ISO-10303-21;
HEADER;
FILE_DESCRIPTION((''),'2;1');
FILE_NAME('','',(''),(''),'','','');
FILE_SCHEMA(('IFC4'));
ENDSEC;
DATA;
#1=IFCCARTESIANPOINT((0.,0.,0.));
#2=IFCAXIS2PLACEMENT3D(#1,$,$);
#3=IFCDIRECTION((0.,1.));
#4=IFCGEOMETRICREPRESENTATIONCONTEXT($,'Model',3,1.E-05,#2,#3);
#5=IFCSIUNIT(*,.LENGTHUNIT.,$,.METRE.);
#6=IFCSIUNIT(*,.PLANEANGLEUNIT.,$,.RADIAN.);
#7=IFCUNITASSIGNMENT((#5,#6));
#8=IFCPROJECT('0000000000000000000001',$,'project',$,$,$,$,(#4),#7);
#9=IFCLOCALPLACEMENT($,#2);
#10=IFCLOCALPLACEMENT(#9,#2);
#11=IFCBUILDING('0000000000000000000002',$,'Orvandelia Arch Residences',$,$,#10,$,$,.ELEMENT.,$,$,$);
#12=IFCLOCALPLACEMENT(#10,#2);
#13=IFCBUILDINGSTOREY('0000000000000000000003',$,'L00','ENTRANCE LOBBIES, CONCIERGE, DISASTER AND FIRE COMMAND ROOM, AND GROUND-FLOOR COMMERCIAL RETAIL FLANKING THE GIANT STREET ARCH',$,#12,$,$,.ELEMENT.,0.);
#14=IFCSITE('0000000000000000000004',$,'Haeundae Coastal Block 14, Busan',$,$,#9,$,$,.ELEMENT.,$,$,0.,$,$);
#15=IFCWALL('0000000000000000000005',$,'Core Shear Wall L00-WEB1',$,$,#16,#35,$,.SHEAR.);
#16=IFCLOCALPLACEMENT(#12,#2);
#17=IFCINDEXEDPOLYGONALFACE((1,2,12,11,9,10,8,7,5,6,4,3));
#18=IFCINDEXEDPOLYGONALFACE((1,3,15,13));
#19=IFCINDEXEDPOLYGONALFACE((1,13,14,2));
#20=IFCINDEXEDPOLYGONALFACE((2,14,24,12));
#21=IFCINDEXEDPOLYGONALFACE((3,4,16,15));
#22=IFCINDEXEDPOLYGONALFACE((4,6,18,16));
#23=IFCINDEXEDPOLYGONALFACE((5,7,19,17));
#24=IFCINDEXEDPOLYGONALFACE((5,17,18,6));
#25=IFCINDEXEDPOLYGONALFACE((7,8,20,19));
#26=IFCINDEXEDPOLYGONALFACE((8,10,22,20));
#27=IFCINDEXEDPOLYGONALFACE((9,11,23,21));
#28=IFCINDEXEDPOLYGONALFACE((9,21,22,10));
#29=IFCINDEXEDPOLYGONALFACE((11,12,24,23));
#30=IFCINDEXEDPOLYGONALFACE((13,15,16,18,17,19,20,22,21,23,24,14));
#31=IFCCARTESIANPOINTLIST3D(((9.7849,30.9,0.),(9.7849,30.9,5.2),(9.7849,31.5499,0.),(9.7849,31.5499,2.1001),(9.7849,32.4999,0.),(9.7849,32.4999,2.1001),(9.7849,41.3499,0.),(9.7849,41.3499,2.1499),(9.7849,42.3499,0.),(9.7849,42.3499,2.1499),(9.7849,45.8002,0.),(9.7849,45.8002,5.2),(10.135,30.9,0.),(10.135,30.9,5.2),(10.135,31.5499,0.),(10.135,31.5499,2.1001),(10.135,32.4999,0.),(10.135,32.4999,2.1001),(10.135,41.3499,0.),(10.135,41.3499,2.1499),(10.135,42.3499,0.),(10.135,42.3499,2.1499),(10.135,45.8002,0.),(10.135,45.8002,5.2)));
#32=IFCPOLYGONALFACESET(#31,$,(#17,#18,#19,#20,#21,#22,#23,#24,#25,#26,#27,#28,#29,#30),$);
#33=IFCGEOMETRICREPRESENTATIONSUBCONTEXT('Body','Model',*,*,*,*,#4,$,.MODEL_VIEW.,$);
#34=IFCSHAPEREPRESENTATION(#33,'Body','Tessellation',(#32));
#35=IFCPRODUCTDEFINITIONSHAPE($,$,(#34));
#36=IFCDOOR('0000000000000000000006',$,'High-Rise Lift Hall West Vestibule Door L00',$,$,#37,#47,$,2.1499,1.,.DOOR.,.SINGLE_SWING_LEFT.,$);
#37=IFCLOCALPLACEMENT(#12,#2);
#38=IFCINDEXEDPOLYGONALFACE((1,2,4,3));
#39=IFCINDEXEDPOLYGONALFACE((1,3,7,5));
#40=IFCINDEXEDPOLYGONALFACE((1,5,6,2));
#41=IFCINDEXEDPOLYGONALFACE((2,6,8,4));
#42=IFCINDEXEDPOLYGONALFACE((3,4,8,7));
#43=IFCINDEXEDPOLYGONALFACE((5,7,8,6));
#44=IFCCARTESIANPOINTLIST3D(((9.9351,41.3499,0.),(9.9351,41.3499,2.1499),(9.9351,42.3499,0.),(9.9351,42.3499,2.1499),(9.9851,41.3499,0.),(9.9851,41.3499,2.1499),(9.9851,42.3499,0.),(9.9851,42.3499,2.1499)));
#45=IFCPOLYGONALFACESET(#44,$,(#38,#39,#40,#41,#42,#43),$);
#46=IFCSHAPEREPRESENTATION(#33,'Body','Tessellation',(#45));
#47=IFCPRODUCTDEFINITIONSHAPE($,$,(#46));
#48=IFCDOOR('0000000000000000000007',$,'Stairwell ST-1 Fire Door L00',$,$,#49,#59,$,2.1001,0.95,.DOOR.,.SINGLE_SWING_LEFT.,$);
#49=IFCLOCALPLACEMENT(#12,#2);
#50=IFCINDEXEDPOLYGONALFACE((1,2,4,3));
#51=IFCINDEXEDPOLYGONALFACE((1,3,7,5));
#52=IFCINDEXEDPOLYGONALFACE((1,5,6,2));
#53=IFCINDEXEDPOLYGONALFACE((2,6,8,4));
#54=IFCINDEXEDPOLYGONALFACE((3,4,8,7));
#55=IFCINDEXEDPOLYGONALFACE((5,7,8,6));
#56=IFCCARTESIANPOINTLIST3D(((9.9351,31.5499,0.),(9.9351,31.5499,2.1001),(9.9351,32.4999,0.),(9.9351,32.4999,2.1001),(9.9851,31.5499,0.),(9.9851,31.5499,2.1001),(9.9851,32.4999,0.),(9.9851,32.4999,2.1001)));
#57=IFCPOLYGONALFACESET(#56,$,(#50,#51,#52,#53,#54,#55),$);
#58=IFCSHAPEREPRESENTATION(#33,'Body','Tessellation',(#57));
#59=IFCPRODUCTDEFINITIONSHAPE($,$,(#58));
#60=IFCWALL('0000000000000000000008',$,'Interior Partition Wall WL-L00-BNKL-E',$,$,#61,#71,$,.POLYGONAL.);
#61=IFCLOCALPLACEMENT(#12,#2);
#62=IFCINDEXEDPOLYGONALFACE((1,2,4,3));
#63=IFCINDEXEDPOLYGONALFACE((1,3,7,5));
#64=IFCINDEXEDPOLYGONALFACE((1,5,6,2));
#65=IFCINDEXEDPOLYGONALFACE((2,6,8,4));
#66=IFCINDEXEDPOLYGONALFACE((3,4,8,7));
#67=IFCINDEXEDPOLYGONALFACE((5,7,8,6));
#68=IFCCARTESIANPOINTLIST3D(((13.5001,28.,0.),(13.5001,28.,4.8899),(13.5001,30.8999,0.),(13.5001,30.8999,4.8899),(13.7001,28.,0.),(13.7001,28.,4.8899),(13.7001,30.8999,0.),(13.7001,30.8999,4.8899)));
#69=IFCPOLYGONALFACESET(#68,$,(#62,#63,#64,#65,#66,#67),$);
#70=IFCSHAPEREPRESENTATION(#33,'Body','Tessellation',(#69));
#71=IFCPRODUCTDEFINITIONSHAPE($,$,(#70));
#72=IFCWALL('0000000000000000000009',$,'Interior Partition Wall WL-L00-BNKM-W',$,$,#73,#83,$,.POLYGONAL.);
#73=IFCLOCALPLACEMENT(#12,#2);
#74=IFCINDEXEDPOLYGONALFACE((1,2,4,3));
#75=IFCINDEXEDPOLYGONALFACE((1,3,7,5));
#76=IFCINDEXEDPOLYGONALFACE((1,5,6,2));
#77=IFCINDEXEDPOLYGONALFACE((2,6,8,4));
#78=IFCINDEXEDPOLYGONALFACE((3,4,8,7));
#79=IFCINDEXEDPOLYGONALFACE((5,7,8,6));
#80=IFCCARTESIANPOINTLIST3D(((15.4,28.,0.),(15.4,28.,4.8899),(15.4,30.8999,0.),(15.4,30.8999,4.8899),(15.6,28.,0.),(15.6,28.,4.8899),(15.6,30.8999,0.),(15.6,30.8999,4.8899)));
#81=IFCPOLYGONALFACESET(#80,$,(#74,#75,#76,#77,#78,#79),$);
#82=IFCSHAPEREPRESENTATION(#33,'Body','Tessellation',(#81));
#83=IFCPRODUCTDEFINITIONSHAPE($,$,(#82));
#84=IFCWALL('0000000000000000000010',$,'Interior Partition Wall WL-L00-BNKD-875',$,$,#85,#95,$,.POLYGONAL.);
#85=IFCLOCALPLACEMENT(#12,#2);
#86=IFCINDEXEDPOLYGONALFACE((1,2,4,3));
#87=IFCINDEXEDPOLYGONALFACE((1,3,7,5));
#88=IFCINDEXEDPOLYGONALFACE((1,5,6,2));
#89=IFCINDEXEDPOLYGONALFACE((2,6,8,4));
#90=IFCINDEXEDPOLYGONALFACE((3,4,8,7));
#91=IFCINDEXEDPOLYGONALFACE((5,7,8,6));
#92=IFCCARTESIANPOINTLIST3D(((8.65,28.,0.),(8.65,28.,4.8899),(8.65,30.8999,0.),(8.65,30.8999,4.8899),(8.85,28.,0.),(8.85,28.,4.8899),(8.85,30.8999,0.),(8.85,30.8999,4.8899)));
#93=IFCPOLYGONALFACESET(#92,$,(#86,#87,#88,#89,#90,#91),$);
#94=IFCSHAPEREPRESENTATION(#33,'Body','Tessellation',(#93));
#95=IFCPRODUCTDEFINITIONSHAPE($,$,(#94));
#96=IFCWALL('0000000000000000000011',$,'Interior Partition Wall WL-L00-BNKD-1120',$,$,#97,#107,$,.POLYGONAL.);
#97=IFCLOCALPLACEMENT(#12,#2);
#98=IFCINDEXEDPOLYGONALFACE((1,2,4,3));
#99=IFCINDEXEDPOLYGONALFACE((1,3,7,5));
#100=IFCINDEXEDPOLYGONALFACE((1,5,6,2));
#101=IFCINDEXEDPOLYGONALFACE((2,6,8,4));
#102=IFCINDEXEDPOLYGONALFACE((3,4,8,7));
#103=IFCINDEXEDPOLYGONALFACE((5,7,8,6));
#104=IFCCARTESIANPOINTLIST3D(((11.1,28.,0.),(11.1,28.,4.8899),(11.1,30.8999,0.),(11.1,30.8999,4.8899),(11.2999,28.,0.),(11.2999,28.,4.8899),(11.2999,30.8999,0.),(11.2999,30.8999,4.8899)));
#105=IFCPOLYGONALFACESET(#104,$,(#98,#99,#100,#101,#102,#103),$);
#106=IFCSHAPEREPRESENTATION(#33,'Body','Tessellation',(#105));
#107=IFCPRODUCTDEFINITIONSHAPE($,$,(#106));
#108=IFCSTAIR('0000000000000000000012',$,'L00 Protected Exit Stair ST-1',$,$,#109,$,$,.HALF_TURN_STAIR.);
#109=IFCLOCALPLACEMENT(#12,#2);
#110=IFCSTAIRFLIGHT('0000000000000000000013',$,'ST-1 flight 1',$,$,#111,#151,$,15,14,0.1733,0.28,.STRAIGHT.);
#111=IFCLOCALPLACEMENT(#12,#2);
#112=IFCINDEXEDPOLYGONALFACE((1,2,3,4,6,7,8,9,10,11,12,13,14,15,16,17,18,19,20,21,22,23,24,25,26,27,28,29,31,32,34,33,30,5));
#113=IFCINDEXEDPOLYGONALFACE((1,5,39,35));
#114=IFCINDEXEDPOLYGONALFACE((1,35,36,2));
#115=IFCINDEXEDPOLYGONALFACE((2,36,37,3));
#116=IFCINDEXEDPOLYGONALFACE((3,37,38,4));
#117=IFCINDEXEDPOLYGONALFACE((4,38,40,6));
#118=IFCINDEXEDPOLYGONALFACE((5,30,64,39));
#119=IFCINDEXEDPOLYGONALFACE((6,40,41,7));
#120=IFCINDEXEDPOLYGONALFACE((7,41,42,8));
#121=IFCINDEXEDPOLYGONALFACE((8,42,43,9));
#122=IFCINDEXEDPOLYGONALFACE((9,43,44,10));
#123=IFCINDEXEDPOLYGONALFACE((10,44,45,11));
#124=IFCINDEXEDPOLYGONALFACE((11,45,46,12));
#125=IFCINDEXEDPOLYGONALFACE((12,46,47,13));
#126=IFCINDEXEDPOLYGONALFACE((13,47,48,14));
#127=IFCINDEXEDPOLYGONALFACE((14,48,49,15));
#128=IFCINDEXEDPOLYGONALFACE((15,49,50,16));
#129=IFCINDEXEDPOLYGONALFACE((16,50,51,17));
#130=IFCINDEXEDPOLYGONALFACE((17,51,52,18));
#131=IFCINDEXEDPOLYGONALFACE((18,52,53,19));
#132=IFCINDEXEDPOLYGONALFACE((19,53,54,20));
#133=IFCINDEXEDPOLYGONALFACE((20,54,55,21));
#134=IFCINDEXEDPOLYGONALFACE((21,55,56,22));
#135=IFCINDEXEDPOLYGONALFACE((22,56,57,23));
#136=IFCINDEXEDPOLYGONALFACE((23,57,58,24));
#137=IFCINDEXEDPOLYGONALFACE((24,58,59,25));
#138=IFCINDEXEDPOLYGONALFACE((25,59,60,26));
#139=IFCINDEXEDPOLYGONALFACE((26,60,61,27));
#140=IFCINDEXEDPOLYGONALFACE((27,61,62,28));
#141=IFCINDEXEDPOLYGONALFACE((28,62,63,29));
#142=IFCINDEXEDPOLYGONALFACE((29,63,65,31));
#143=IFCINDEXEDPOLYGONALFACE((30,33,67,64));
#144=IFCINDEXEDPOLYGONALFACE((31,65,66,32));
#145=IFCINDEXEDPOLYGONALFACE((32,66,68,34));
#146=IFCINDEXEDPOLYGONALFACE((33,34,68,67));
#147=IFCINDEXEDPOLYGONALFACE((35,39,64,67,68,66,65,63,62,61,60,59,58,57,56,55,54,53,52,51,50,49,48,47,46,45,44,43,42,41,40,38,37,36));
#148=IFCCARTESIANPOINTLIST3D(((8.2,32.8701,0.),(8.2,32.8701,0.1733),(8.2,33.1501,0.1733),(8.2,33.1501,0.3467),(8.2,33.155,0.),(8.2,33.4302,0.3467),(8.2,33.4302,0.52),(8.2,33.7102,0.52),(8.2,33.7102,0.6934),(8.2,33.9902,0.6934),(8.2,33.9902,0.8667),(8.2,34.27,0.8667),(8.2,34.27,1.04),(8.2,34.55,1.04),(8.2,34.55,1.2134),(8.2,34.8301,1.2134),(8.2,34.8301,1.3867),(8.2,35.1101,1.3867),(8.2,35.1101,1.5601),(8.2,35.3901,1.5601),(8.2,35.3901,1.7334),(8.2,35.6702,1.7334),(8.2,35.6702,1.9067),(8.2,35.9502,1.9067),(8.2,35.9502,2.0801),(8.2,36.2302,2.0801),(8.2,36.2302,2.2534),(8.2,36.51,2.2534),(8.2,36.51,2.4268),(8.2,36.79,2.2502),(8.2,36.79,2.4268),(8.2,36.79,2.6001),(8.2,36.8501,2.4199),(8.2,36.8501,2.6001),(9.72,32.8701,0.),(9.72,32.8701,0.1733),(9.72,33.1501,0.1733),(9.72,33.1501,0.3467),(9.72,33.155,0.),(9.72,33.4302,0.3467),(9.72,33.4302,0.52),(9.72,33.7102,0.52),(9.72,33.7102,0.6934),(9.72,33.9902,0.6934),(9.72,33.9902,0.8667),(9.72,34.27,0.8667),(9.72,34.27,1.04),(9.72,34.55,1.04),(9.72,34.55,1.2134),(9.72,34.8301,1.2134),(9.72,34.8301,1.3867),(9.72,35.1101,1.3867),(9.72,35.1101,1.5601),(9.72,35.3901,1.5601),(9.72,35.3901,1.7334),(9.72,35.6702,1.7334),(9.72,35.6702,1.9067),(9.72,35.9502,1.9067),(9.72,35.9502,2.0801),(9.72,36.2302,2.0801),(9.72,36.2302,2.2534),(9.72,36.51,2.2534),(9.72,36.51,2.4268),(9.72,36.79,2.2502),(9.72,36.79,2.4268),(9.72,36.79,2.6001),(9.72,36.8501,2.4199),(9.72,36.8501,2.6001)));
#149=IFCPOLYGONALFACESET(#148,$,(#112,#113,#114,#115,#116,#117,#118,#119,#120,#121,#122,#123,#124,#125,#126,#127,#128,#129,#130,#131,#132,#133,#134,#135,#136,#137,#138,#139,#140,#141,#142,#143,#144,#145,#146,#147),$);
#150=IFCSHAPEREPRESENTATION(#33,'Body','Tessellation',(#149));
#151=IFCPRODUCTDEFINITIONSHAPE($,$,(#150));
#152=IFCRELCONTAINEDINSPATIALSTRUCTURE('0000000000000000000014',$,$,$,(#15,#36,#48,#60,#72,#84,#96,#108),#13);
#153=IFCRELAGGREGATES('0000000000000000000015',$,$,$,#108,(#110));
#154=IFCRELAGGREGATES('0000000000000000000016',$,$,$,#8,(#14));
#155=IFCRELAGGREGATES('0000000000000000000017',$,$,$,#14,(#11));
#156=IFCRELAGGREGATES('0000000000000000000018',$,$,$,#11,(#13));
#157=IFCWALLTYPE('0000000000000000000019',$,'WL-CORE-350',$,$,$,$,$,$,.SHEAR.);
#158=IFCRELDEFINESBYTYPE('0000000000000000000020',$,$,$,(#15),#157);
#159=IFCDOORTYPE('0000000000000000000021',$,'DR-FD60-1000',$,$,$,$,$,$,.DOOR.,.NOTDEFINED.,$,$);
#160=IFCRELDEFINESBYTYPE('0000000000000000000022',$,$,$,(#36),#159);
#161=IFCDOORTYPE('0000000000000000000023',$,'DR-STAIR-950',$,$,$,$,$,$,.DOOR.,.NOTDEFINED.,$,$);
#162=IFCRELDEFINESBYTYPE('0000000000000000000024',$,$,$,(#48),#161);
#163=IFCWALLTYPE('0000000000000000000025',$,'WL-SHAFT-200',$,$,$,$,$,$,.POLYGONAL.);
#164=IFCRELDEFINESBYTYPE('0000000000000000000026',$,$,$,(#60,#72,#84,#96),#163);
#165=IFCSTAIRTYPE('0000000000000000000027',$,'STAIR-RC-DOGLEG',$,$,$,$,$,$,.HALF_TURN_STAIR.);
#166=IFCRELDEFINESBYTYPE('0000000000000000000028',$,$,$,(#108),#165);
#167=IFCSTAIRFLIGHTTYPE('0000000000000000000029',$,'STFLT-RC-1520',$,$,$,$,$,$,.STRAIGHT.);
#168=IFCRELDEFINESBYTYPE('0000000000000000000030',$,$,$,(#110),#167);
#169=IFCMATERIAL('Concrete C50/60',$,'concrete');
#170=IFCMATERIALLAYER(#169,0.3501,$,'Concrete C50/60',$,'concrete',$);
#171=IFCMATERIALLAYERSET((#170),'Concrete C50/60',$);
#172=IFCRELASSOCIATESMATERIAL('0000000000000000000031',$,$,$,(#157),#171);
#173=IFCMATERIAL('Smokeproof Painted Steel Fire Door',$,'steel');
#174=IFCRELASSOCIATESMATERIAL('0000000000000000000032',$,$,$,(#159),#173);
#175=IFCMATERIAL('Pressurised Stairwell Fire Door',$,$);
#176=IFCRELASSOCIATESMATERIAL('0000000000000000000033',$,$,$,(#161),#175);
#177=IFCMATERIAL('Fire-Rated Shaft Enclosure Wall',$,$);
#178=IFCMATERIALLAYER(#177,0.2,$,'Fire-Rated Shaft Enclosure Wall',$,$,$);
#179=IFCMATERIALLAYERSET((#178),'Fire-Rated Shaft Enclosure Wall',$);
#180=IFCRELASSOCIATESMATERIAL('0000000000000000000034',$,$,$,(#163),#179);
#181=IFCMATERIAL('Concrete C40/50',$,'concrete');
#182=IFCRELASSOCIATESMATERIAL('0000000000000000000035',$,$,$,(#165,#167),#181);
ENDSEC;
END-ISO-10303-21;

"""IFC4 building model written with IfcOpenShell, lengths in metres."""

from ifc_helpers import new_model, si_unit, direction, frame, frame_2d, origin, place, context, subcontext, project, spatial, polyline, rectangle, outline, extrude, material, layer, layer_set, type_object, element, fill, aggregate, save


model = new_model("IFC4")

# Units and contexts
model_context = context("Model", 3, precision=1e-05, world=origin(), true_north=direction((0.0, 1.0)))
body_context = subcontext(model_context, "Body", "Model", "MODEL_VIEW")
ifc_project = project(units=[si_unit("LENGTHUNIT", "METRE"), si_unit("PLANEANGLEUNIT", "RADIAN")], contexts=[model_context])

# Site, building, storey
site_placement = place(None, origin())
site = spatial("IfcSite", under=ifc_project, at=site_placement, Name="Haeundae Coastal Block 14, Busan", CompositionType="ELEMENT", RefElevation=0.0)
building_placement = place(site_placement, origin())
building = spatial("IfcBuilding", under=site, at=building_placement, Name="Orvandelia Arch Residences", CompositionType="ELEMENT")
storey_placement = place(building_placement, origin())
storey = spatial("IfcBuildingStorey", under=building, at=storey_placement, Name="L00", Description="ENTRANCE LOBBIES, CONCIERGE, DISASTER AND FIRE COMMAND ROOM, AND GROUND-FLOOR COMMERCIAL RETAIL FLANKING THE GIANT STREET ARCH", CompositionType="ELEMENT", Elevation=0.0)

# Wall, openings, doors
ifc_material_1 = material(Name="Concrete C50/60", Category="concrete")
ifc_layer_1 = layer(ifc_material_1, 0.3501, Name="Concrete C50/60", Category="concrete")
ifc_layer_set_1 = layer_set([ifc_layer_1], Name="Concrete C50/60")
wall_type_1 = type_object("IfcWallType", Name="WL-CORE-350", PredefinedType="SHEAR", material=ifc_layer_set_1)
wall_1_placement = place(storey_placement, frame((9.96, 30.8999, 0.0), z_axis=(0.0, 0.0, 1.0), x_axis=(0.0, 1.0, 0.0)))
wall_1 = element("IfcWall", 1, at=wall_1_placement, inside=storey, type_object=wall_type_1, Name="Core Shear Wall L00-WEB1", PredefinedType="SHEAR", context=body_context, shape_type="SweptSolid", body=[
    extrude(rectangle(XDim=14.9001, YDim=0.3501, at=frame_2d((7.4502, 0.0))), origin(), (0.0, 0.0, 1.0), 5.2),
])
opening_1_placement = place(wall_1_placement, frame((0.6499, 0.0, 0.0)))
opening_1 = element("IfcOpeningElement", 2, at=opening_1_placement, cuts=wall_1, PredefinedType="OPENING", context=body_context, shape_type="SweptSolid", body=[
    extrude(rectangle(XDim=0.95, YDim=2.1001, at=frame_2d((0.4751, 1.05))), frame((0.0, 0.1851, 0.0), z_axis=(0.0, -1.0, 0.0), x_axis=(1.0, 0.0, 0.0)), (0.0, 0.0, 1.0), 0.3701),
])
opening_2_placement = place(wall_1_placement, frame((10.45, 0.0, 0.0)))
opening_2 = element("IfcOpeningElement", 3, at=opening_2_placement, cuts=wall_1, PredefinedType="OPENING", context=body_context, shape_type="SweptSolid", body=[
    extrude(rectangle(XDim=1.0, YDim=2.1499, at=frame_2d((0.5, 1.075))), frame((0.0, 0.1851, 0.0), z_axis=(0.0, -1.0, 0.0), x_axis=(1.0, 0.0, 0.0)), (0.0, 0.0, 1.0), 0.3701),
])
ifc_material_2 = material(Name="Smokeproof Painted Steel Fire Door", Category="steel")
door_type_1 = type_object("IfcDoorType", Name="DR-FD60-1000", OperationType="NOTDEFINED", PredefinedType="DOOR", material=ifc_material_2)
door_1_placement = place(opening_2_placement, origin())
door_1 = element("IfcDoor", 4, at=door_1_placement, inside=storey, type_object=door_type_1, Name="High-Rise Lift Hall West Vestibule Door L00", OperationType="SINGLE_SWING_LEFT", OverallHeight=2.1499, OverallWidth=1.0, PredefinedType="DOOR", context=body_context, shape_type="SweptSolid", body=[
    extrude(rectangle(XDim=1.0, YDim=2.1499, at=frame_2d((0.5, 1.075))), frame((0.0, 0.0249, 0.0), z_axis=(0.0, -1.0, 0.0), x_axis=(1.0, 0.0, 0.0)), (0.0, 0.0, 1.0), 0.05),
])
fill(opening_2, door_1)
ifc_material_3 = material(Name="Pressurised Stairwell Fire Door")
door_type_2 = type_object("IfcDoorType", Name="DR-STAIR-950", OperationType="NOTDEFINED", PredefinedType="DOOR", material=ifc_material_3)
door_2_placement = place(opening_1_placement, origin())
door_2 = element("IfcDoor", 5, at=door_2_placement, inside=storey, type_object=door_type_2, Name="Stairwell ST-1 Fire Door L00", OperationType="SINGLE_SWING_LEFT", OverallHeight=2.1001, OverallWidth=0.95, PredefinedType="DOOR", context=body_context, shape_type="SweptSolid", body=[
    extrude(rectangle(XDim=0.95, YDim=2.1001, at=frame_2d((0.4751, 1.05))), frame((0.0, 0.0249, 0.0), z_axis=(0.0, -1.0, 0.0), x_axis=(1.0, 0.0, 0.0)), (0.0, 0.0, 1.0), 0.05),
])
fill(opening_1, door_2)

# Shared definitions
ifc_material_4 = material(Name="Fire-Rated Shaft Enclosure Wall")
ifc_layer_2 = layer(ifc_material_4, 0.2, Name="Fire-Rated Shaft Enclosure Wall")
ifc_layer_set_2 = layer_set([ifc_layer_2], Name="Fire-Rated Shaft Enclosure Wall")
wall_type_2 = type_object("IfcWallType", Name="WL-SHAFT-200", PredefinedType="POLYGONAL", material=ifc_layer_set_2)

# Walls
for number, where, z_axis, x_axis, name in (
    (6, (13.6001, 28.0, 0.0), (0.0, 0.0, 1.0), (0.0, 1.0, 0.0), "Interior Partition Wall WL-L00-BNKL-E"),
    (7, (15.5, 28.0, 0.0), (0.0, 0.0, 1.0), (0.0, 1.0, 0.0), "Interior Partition Wall WL-L00-BNKM-W"),
    (8, (8.75, 28.0, 0.0), (0.0, 0.0, 1.0), (0.0, 1.0, 0.0), "Interior Partition Wall WL-L00-BNKD-875"),
    (9, (11.2, 28.0, 0.0), (0.0, 0.0, 1.0), (0.0, 1.0, 0.0), "Interior Partition Wall WL-L00-BNKD-1120"),
):
    element("IfcWall", number, at=place(storey_placement, frame(where, z_axis=z_axis, x_axis=x_axis)), inside=storey, type_object=wall_type_2, Name=name, PredefinedType="POLYGONAL", context=body_context, shape_type="SweptSolid", body=[
        extrude(rectangle(XDim=2.8999, YDim=0.2, at=frame_2d((1.45, 0.0))), origin(), (0.0, 0.0, 1.0), 4.8899),
    ])

# Stair, stair flight
ifc_material_5 = material(Name="Concrete C40/50", Category="concrete")
stair_type = type_object("IfcStairType", Name="STAIR-RC-DOGLEG", PredefinedType="HALF_TURN_STAIR", material=ifc_material_5)
stair_placement = place(storey_placement, origin())
stair = element("IfcStair", 10, at=stair_placement, inside=storey, type_object=stair_type, Name="L00 Protected Exit Stair ST-1", PredefinedType="HALF_TURN_STAIR")
stair_flight_type = type_object("IfcStairFlightType", Name="STFLT-RC-1520", PredefinedType="STRAIGHT", material=ifc_material_5)
stair_flight_placement = place(storey_placement, frame((8.96, 32.8701, 0.0), z_axis=(0.0, 0.0, 1.0), x_axis=(0.0, 1.0, 0.0)))
stair_flight = element("IfcStairFlight", 11, at=stair_flight_placement, type_object=stair_flight_type, Name="ST-1 flight 1", NumberOfRisers=15, NumberOfTreads=14, PredefinedType="STRAIGHT", RiserHeight=0.1733, TreadLength=0.28, context=body_context, shape_type="SweptSolid", body=[
    extrude(outline(polyline([(0.0, 0.0), (0.0, 0.1733), (0.28, 0.1733), (0.28, 0.3467), (0.5601, 0.3467), (0.5601, 0.52), (0.8401, 0.52), (0.8401, 0.6934), (1.1201, 0.6934), (1.1201, 0.8667), (1.3999, 0.8667), (1.3999, 1.04), (1.6799, 1.04), (1.6799, 1.2134), (1.96, 1.2134), (1.96, 1.3867), (2.24, 1.3867), (2.24, 1.5601), (2.52, 1.5601), (2.52, 1.7334), (2.8, 1.7334), (2.8, 1.9067), (3.0801, 1.9067), (3.0801, 2.0801), (3.3601, 2.0801), (3.3601, 2.2534), (3.6399, 2.2534), (3.6399, 2.4268), (3.9199, 2.4268), (3.9199, 2.6001), (3.98, 2.6001), (3.98, 2.4199), (3.9199, 2.2502), (0.2849, 0.0), (0.0, 0.0)])), frame((0.0, 0.76, 0.0), z_axis=(0.0, -1.0, 0.0), x_axis=(1.0, 0.0, 0.0)), (0.0, 0.0, 1.0), 1.52),
])
aggregate(stair, [stair_flight])

save(model, "model.ifc")
